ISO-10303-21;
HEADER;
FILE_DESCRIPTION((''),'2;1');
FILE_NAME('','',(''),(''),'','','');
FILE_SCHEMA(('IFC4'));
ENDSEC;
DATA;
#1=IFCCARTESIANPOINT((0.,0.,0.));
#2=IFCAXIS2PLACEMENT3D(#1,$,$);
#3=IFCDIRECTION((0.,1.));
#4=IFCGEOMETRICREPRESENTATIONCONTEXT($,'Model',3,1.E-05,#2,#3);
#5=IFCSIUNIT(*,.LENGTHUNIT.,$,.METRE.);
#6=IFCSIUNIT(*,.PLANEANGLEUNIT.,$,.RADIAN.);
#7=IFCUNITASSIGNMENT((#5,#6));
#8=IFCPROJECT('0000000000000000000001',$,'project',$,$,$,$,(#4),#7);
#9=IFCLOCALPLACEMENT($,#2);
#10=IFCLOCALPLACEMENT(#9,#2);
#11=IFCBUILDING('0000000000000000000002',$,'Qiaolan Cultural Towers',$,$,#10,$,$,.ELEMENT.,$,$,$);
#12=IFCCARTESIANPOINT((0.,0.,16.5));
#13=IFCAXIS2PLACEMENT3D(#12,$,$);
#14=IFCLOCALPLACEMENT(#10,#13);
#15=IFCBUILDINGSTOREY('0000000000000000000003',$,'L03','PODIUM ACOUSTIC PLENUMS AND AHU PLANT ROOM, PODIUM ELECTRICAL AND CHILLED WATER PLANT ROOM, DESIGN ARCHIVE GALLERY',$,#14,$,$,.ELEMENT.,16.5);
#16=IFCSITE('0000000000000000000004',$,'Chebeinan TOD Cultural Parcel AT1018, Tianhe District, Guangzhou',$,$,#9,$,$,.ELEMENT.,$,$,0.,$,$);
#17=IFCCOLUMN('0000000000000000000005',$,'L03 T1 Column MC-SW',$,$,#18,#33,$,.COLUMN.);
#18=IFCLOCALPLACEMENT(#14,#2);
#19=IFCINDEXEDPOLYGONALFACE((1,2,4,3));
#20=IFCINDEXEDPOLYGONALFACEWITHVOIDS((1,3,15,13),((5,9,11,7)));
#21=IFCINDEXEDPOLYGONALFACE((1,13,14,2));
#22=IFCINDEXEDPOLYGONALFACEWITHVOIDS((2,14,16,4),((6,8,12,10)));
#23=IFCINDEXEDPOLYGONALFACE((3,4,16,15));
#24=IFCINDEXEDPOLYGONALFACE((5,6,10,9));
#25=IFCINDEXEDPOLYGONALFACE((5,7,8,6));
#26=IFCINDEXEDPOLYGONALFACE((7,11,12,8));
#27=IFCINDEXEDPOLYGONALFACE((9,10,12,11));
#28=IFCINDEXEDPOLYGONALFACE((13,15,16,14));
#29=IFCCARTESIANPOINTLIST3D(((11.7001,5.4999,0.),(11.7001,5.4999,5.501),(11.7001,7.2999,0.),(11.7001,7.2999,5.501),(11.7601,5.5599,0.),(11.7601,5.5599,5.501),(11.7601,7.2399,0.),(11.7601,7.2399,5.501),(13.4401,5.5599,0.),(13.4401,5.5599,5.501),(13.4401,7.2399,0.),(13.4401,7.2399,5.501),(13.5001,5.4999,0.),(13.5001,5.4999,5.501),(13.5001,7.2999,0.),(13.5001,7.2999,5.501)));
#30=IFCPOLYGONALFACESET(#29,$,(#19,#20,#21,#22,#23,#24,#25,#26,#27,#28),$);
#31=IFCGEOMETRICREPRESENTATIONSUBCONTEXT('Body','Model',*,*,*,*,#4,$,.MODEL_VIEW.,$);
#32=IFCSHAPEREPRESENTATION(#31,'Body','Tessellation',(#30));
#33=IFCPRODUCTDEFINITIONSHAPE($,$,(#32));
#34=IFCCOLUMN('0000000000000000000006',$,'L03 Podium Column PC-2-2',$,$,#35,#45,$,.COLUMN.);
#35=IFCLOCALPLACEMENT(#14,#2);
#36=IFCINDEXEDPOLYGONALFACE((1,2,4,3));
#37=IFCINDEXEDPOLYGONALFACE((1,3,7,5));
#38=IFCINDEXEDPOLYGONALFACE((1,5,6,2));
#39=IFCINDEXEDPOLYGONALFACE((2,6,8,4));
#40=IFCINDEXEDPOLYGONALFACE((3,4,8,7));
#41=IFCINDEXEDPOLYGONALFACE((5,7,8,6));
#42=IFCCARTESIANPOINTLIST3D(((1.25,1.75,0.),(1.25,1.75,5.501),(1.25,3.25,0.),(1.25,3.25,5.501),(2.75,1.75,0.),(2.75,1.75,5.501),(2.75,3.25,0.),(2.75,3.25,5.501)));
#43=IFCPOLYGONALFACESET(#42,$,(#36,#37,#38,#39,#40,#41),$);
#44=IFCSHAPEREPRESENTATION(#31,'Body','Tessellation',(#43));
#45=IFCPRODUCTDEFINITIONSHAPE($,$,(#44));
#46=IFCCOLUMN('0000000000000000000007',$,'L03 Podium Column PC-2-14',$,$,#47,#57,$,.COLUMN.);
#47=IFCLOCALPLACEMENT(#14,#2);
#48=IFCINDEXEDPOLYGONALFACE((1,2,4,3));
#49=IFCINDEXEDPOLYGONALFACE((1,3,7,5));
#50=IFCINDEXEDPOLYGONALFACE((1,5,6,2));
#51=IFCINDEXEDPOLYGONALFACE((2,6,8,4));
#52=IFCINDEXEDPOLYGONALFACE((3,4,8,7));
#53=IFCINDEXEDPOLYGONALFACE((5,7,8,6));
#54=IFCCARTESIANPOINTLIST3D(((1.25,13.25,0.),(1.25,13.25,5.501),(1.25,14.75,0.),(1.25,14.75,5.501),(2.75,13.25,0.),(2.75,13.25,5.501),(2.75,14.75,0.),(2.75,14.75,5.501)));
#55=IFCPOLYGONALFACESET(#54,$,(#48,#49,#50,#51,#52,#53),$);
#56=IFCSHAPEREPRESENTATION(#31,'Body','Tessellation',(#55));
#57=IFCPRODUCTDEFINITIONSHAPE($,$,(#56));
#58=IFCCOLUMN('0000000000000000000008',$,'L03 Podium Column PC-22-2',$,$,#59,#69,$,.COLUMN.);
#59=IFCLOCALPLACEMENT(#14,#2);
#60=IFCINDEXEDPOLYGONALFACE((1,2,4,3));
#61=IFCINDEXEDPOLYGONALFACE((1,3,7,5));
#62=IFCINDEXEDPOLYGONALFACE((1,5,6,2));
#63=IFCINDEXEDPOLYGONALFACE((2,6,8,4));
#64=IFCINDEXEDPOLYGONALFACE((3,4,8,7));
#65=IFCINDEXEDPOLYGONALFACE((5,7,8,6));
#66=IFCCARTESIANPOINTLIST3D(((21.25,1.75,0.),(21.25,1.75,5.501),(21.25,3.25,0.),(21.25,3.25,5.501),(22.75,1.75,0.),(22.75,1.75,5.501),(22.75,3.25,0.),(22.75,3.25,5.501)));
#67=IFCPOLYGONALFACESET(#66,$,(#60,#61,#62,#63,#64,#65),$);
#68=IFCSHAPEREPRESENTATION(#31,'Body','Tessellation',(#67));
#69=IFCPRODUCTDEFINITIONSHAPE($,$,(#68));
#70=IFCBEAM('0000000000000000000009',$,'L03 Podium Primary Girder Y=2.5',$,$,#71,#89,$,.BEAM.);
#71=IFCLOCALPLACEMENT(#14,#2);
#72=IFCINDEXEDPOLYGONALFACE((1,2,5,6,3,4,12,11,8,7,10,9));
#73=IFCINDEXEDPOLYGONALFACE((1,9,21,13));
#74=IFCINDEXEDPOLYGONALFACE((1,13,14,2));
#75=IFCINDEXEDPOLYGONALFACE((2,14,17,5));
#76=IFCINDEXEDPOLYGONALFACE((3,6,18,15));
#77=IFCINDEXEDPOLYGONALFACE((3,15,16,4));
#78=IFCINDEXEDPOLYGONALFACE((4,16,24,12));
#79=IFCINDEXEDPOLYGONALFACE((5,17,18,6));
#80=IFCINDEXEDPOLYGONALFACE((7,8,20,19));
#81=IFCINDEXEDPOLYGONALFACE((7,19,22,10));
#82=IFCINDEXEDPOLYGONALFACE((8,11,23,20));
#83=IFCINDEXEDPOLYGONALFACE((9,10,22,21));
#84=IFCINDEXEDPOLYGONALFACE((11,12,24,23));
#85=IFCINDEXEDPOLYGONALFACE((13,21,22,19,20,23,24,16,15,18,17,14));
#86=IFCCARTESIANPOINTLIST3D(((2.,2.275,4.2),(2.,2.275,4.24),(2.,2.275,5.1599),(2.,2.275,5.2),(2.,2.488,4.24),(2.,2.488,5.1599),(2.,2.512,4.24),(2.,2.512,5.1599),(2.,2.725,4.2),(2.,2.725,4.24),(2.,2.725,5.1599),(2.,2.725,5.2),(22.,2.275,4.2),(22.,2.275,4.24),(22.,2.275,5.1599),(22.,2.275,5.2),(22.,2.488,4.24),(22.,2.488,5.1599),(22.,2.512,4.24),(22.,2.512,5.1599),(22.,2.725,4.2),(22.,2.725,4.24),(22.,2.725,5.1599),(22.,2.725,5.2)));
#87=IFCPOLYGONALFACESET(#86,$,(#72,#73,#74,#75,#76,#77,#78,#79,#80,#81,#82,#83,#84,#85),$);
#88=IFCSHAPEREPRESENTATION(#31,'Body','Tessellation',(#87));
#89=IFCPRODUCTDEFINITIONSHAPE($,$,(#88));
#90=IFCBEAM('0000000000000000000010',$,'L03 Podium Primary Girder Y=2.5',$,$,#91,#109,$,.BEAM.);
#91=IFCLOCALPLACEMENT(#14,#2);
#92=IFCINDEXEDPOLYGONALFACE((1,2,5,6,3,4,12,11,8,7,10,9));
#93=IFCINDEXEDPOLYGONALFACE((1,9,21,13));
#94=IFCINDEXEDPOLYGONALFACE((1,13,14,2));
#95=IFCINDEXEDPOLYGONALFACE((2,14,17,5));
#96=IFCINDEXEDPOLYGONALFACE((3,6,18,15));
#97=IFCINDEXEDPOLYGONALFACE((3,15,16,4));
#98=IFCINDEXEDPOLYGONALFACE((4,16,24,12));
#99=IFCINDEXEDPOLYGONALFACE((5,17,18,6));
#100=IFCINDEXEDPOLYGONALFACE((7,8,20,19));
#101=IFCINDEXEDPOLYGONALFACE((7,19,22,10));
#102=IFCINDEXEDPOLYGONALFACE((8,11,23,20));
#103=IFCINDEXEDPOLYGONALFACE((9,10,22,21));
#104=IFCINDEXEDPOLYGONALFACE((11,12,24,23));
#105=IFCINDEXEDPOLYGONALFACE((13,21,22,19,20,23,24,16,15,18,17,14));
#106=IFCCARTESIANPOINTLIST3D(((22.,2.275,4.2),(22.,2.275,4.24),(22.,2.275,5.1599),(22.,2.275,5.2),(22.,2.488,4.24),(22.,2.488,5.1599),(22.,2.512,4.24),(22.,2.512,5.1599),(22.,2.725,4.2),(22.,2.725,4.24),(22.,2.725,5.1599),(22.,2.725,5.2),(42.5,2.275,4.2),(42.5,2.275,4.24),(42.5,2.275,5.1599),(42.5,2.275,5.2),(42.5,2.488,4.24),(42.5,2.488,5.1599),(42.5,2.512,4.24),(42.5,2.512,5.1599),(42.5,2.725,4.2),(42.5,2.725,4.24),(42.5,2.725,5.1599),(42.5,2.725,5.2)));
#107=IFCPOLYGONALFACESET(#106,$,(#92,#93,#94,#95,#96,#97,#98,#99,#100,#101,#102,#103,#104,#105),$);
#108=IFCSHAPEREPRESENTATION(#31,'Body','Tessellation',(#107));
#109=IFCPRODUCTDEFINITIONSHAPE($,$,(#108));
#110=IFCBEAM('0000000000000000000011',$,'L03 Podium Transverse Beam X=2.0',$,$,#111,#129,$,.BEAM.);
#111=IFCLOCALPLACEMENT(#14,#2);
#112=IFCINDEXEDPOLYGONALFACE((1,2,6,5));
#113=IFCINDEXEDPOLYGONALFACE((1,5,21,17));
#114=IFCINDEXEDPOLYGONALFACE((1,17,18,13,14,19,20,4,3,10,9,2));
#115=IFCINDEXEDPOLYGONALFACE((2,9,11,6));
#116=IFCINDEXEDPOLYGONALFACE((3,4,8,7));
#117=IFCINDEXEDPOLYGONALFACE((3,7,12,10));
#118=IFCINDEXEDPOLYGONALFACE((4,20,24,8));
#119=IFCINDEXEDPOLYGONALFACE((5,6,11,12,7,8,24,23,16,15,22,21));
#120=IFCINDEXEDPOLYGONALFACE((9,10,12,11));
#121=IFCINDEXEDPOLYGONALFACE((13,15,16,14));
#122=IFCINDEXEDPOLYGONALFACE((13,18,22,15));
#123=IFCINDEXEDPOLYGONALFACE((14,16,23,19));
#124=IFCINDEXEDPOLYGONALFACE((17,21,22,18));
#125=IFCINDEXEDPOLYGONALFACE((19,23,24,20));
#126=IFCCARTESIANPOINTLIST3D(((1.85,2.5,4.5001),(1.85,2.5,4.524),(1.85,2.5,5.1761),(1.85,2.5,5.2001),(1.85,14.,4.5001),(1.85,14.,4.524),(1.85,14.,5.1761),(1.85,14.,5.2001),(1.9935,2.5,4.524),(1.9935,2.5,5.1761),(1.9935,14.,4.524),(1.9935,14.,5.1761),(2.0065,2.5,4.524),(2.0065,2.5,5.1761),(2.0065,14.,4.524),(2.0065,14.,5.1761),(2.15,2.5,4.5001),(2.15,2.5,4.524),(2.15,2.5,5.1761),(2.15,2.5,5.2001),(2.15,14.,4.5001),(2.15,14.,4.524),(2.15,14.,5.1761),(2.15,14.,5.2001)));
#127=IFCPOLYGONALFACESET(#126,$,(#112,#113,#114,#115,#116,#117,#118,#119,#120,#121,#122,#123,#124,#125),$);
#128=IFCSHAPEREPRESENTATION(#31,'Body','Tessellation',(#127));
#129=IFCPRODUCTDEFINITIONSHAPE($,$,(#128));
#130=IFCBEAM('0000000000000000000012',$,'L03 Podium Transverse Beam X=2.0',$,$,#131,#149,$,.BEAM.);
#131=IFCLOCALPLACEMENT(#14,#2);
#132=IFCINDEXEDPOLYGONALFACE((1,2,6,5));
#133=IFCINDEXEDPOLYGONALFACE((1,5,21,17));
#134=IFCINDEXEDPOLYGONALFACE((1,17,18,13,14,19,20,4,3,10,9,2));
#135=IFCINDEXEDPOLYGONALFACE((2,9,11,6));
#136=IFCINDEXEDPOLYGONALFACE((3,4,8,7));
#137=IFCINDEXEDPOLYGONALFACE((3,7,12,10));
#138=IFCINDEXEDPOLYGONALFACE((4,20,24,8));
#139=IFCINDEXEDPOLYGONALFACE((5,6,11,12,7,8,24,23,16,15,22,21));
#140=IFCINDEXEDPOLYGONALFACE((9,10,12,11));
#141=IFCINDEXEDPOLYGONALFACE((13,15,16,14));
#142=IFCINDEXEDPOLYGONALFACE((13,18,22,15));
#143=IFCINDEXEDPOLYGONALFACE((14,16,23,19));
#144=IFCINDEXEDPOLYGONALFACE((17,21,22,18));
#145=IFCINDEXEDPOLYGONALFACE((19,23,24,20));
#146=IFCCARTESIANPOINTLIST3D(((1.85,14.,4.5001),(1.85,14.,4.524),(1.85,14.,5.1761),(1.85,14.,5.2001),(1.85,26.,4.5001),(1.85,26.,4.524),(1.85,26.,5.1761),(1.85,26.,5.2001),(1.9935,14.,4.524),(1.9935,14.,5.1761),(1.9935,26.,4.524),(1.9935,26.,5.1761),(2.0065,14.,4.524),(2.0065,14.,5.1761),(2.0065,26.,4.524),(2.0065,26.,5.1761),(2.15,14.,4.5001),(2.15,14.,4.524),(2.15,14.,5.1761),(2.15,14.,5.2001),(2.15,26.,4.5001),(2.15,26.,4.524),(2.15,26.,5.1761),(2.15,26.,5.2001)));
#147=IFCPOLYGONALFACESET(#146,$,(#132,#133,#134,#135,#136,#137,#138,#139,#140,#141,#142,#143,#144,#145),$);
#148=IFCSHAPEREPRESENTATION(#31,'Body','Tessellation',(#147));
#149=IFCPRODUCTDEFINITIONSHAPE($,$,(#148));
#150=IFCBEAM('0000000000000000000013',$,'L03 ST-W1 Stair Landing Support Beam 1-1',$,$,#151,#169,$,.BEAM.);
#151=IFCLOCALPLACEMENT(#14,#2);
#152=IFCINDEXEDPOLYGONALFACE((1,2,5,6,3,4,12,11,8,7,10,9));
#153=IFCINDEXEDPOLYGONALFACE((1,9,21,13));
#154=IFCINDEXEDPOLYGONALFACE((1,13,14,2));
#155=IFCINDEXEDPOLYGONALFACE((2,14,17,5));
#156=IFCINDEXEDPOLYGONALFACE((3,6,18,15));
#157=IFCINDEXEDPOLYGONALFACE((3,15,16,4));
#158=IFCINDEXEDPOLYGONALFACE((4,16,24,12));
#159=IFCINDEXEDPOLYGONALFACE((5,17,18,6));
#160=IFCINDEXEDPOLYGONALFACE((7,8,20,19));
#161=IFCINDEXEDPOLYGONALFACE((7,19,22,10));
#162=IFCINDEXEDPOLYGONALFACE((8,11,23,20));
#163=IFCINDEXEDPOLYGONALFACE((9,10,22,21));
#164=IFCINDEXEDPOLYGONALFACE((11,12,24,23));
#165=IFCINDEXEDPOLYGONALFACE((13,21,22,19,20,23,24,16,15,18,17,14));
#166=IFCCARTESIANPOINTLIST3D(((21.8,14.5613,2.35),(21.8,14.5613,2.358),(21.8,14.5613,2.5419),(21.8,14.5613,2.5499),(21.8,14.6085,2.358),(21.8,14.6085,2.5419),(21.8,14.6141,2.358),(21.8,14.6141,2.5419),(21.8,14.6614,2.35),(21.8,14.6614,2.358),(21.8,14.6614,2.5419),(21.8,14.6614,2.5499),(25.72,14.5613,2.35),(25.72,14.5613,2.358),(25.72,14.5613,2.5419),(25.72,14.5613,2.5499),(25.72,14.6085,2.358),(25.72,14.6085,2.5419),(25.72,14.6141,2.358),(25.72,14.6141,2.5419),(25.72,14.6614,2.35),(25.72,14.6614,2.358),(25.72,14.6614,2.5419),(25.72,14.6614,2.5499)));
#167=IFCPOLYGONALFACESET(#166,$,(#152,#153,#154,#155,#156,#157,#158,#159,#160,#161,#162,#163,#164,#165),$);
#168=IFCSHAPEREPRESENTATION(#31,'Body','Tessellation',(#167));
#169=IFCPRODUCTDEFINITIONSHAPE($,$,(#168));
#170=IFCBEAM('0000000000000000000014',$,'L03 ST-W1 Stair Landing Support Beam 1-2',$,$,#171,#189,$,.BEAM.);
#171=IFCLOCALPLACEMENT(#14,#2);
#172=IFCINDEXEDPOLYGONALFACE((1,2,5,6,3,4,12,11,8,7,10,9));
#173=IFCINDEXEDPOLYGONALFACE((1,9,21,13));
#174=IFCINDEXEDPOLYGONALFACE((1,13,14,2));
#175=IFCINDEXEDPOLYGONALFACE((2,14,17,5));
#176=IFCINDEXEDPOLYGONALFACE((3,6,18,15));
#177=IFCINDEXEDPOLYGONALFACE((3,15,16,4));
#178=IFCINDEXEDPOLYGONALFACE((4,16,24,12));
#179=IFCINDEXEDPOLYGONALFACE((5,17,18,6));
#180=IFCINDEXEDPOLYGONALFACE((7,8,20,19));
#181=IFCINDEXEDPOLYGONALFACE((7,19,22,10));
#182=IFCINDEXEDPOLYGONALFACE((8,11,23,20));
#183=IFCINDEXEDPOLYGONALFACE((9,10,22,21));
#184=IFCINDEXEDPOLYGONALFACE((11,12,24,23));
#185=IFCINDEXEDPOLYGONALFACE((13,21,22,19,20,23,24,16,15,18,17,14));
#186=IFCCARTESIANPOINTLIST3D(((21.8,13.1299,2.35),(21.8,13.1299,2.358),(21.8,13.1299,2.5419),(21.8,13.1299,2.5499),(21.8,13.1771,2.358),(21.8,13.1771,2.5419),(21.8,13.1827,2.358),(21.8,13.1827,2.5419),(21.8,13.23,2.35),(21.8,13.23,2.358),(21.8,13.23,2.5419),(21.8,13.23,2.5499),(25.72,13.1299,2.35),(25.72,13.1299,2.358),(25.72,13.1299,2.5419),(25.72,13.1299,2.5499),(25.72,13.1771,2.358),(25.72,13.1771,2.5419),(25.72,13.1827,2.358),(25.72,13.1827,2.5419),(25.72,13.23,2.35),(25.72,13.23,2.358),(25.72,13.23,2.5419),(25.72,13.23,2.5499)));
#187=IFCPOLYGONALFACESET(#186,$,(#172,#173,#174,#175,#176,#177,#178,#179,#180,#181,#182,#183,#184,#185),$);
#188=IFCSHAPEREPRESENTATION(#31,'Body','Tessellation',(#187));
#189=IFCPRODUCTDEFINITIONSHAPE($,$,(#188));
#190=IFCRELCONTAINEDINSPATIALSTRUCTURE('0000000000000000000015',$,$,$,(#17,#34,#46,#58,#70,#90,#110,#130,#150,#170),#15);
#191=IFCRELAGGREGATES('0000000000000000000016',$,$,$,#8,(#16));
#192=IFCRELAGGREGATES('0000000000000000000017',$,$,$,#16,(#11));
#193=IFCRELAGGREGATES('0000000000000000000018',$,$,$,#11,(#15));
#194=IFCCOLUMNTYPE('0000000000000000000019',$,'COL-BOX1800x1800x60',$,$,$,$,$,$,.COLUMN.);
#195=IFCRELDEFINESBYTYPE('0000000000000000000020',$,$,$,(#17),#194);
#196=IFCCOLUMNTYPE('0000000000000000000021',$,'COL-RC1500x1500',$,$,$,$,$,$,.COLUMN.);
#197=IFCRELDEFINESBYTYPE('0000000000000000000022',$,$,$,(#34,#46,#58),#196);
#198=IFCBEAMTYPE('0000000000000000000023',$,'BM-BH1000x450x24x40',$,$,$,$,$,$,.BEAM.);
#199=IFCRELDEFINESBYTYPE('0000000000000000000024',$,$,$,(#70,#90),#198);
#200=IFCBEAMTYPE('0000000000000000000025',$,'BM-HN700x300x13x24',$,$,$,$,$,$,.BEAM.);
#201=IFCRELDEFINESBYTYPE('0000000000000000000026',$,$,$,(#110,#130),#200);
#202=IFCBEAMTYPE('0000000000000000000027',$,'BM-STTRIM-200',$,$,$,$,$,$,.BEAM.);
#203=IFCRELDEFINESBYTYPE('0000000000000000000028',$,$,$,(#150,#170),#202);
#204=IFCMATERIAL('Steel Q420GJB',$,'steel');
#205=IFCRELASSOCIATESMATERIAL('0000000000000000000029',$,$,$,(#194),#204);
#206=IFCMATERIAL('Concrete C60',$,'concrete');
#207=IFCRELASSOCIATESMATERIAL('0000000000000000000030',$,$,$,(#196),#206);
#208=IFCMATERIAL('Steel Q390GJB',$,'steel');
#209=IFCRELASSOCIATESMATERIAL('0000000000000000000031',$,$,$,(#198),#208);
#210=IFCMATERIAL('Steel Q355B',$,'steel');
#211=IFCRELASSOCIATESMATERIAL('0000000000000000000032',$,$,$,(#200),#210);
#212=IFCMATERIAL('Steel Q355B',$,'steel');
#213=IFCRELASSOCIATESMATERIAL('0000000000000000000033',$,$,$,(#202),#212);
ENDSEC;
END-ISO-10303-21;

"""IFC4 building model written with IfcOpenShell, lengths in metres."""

from ifc_helpers import new_model, si_unit, direction, frame, origin, origin_2d, place, context, subcontext, project, spatial, rectangle, hollow_rectangle, i_section, extrude, material, material_profile, profile_set, type_object, element, save


model = new_model("IFC4")

# Units and contexts
model_context = context("Model", 3, precision=1e-05, world=origin(), true_north=direction((0.0, 1.0)))
body_context = subcontext(model_context, "Body", "Model", "MODEL_VIEW")
ifc_project = project(units=[si_unit("LENGTHUNIT", "METRE"), si_unit("PLANEANGLEUNIT", "RADIAN")], contexts=[model_context])

# Site, building, storey
site_placement = place(None, origin())
site = spatial("IfcSite", under=ifc_project, at=site_placement, Name="Chebeinan TOD Cultural Parcel AT1018, Tianhe District, Guangzhou", CompositionType="ELEMENT", RefElevation=0.0)
building_placement = place(site_placement, origin())
building = spatial("IfcBuilding", under=site, at=building_placement, Name="Qiaolan Cultural Towers", CompositionType="ELEMENT")
storey_placement = place(building_placement, frame((0.0, 0.0, 16.5)))
storey = spatial("IfcBuildingStorey", under=building, at=storey_placement, Name="L03", Description="PODIUM ACOUSTIC PLENUMS AND AHU PLANT ROOM, PODIUM ELECTRICAL AND CHILLED WATER PLANT ROOM, DESIGN ARCHIVE GALLERY", CompositionType="ELEMENT", Elevation=16.5)

# Columns
ifc_material_1 = material(Name="Steel Q420GJB", Category="steel")
ifc_material_profile_1 = material_profile(ifc_material_1, hollow_rectangle(XDim=1.8, YDim=1.8, WallThickness=0.0601, at=origin_2d()), Name="BOX1800x1800x60")
ifc_profile_set_1 = profile_set([ifc_material_profile_1], Name="Steel Q420GJB")
column_type_1 = type_object("IfcColumnType", Name="COL-BOX1800x1800x60", PredefinedType="COLUMN", material=ifc_profile_set_1)
column_placement = place(storey_placement, frame((12.6001, 6.3999, 0.0), z_axis=(0.0, 0.0, 1.0), x_axis=(1.0, 0.0, 0.0)))
element("IfcColumn", 1, at=column_placement, inside=storey, type_object=column_type_1, Name="L03 T1 Column MC-SW", PredefinedType="COLUMN", context=body_context, shape_type="SweptSolid", body=[
    extrude(hollow_rectangle(XDim=1.8, YDim=1.8, WallThickness=0.0601, at=origin_2d()), origin(), (0.0, 0.0, 1.0), 5.501),
])
ifc_material_2 = material(Name="Concrete C60", Category="concrete")
ifc_material_profile_2 = material_profile(ifc_material_2, rectangle(XDim=1.5, YDim=1.5, at=origin_2d()), Name="RC1500x1500")
ifc_profile_set_2 = profile_set([ifc_material_profile_2], Name="Concrete C60")
column_type_2 = type_object("IfcColumnType", Name="COL-RC1500x1500", PredefinedType="COLUMN", material=ifc_profile_set_2)
for number, where, z_axis, x_axis, name in (
    (2, (2.0, 2.5, 0.0), (0.0, 0.0, 1.0), (1.0, 0.0, 0.0), "L03 Podium Column PC-2-2"),
    (3, (2.0, 14.0, 0.0), (0.0, 0.0, 1.0), (1.0, 0.0, 0.0), "L03 Podium Column PC-2-14"),
    (4, (22.0, 2.5, 0.0), (0.0, 0.0, 1.0), (1.0, 0.0, 0.0), "L03 Podium Column PC-22-2"),
):
    element("IfcColumn", number, at=place(storey_placement, frame(where, z_axis=z_axis, x_axis=x_axis)), inside=storey, type_object=column_type_2, Name=name, PredefinedType="COLUMN", context=body_context, shape_type="SweptSolid", body=[
        extrude(rectangle(XDim=1.5, YDim=1.5, at=origin_2d()), origin(), (0.0, 0.0, 1.0), 5.501),
    ])

# Beams
ifc_material_3 = material(Name="Steel Q390GJB", Category="steel")
ifc_material_profile_3 = material_profile(ifc_material_3, i_section(OverallWidth=0.45, OverallDepth=1.0, WebThickness=0.0239, FlangeThickness=0.04, at=origin_2d()), Name="BH1000x450x24x40")
ifc_profile_set_3 = profile_set([ifc_material_profile_3], Name="Steel Q390GJB")
beam_type_1 = type_object("IfcBeamType", Name="BM-BH1000x450x24x40", PredefinedType="BEAM", material=ifc_profile_set_3)
beam_1_placement = place(storey_placement, frame((2.0, 2.5, 4.7), z_axis=(1.0, 0.0, 0.0), x_axis=(0.0, 1.0, 0.0)))
element("IfcBeam", 5, at=beam_1_placement, inside=storey, type_object=beam_type_1, Name="L03 Podium Primary Girder Y=2.5", PredefinedType="BEAM", context=body_context, shape_type="SweptSolid", body=[
    extrude(i_section(OverallWidth=0.45, OverallDepth=1.0, WebThickness=0.0239, FlangeThickness=0.04, at=origin_2d()), origin(), (0.0, 0.0, 1.0), 20.0),
])
beam_2_placement = place(storey_placement, frame((22.0, 2.5, 4.7), z_axis=(1.0, 0.0, 0.0), x_axis=(0.0, 1.0, 0.0)))
element("IfcBeam", 6, at=beam_2_placement, inside=storey, type_object=beam_type_1, Name="L03 Podium Primary Girder Y=2.5", PredefinedType="BEAM", context=body_context, shape_type="SweptSolid", body=[
    extrude(i_section(OverallWidth=0.45, OverallDepth=1.0, WebThickness=0.0239, FlangeThickness=0.04, at=origin_2d()), origin(), (0.0, 0.0, 1.0), 20.5),
])
ifc_material_4 = material(Name="Steel Q355B", Category="steel")
ifc_material_profile_4 = material_profile(ifc_material_4, i_section(OverallWidth=0.3, OverallDepth=0.7, WebThickness=0.0129, FlangeThickness=0.0239, at=origin_2d()), Name="HN700x300x13x24")
ifc_profile_set_4 = profile_set([ifc_material_profile_4], Name="Steel Q355B")
beam_type_2 = type_object("IfcBeamType", Name="BM-HN700x300x13x24", PredefinedType="BEAM", material=ifc_profile_set_4)
beam_3_placement = place(storey_placement, frame((2.0, 2.5, 4.8501), z_axis=(0.0, 1.0, 0.0), x_axis=(-1.0, 0.0, 0.0)))
element("IfcBeam", 7, at=beam_3_placement, inside=storey, type_object=beam_type_2, Name="L03 Podium Transverse Beam X=2.0", PredefinedType="BEAM", context=body_context, shape_type="SweptSolid", body=[
    extrude(i_section(OverallWidth=0.3, OverallDepth=0.7, WebThickness=0.0129, FlangeThickness=0.0239, at=origin_2d()), origin(), (0.0, 0.0, 1.0), 11.5),
])
beam_4_placement = place(storey_placement, frame((2.0, 14.0, 4.8501), z_axis=(0.0, 1.0, 0.0), x_axis=(-1.0, 0.0, 0.0)))
element("IfcBeam", 8, at=beam_4_placement, inside=storey, type_object=beam_type_2, Name="L03 Podium Transverse Beam X=2.0", PredefinedType="BEAM", context=body_context, shape_type="SweptSolid", body=[
    extrude(i_section(OverallWidth=0.3, OverallDepth=0.7, WebThickness=0.0129, FlangeThickness=0.0239, at=origin_2d()), origin(), (0.0, 0.0, 1.0), 12.0),
])
ifc_material_5 = material(Name="Steel Q355B", Category="steel")
ifc_material_profile_5 = material_profile(ifc_material_5, i_section(OverallWidth=0.1001, OverallDepth=0.2, WebThickness=0.0056, FlangeThickness=0.0081, at=origin_2d()), Name="HN200x100x5.5x8")
ifc_profile_set_5 = profile_set([ifc_material_profile_5], Name="Steel Q355B")
beam_type_3 = type_object("IfcBeamType", Name="BM-STTRIM-200", PredefinedType="BEAM", material=ifc_profile_set_5)
for number, where, z_axis, x_axis, name in (
    (9, (21.8, 14.6113, 2.45), (1.0, 0.0, 0.0), (0.0, 1.0, 0.0), "L03 ST-W1 Stair Landing Support Beam 1-1"),
    (10, (21.8, 13.1799, 2.45), (1.0, 0.0, 0.0), (0.0, 1.0, 0.0), "L03 ST-W1 Stair Landing Support Beam 1-2"),
):
    element("IfcBeam", number, at=place(storey_placement, frame(where, z_axis=z_axis, x_axis=x_axis)), inside=storey, type_object=beam_type_3, Name=name, PredefinedType="BEAM", context=body_context, shape_type="SweptSolid", body=[
        extrude(i_section(OverallWidth=0.1001, OverallDepth=0.2, WebThickness=0.0056, FlangeThickness=0.0081, at=origin_2d()), origin(), (0.0, 0.0, 1.0), 3.9199),
    ])

save(model, "model.ifc")
